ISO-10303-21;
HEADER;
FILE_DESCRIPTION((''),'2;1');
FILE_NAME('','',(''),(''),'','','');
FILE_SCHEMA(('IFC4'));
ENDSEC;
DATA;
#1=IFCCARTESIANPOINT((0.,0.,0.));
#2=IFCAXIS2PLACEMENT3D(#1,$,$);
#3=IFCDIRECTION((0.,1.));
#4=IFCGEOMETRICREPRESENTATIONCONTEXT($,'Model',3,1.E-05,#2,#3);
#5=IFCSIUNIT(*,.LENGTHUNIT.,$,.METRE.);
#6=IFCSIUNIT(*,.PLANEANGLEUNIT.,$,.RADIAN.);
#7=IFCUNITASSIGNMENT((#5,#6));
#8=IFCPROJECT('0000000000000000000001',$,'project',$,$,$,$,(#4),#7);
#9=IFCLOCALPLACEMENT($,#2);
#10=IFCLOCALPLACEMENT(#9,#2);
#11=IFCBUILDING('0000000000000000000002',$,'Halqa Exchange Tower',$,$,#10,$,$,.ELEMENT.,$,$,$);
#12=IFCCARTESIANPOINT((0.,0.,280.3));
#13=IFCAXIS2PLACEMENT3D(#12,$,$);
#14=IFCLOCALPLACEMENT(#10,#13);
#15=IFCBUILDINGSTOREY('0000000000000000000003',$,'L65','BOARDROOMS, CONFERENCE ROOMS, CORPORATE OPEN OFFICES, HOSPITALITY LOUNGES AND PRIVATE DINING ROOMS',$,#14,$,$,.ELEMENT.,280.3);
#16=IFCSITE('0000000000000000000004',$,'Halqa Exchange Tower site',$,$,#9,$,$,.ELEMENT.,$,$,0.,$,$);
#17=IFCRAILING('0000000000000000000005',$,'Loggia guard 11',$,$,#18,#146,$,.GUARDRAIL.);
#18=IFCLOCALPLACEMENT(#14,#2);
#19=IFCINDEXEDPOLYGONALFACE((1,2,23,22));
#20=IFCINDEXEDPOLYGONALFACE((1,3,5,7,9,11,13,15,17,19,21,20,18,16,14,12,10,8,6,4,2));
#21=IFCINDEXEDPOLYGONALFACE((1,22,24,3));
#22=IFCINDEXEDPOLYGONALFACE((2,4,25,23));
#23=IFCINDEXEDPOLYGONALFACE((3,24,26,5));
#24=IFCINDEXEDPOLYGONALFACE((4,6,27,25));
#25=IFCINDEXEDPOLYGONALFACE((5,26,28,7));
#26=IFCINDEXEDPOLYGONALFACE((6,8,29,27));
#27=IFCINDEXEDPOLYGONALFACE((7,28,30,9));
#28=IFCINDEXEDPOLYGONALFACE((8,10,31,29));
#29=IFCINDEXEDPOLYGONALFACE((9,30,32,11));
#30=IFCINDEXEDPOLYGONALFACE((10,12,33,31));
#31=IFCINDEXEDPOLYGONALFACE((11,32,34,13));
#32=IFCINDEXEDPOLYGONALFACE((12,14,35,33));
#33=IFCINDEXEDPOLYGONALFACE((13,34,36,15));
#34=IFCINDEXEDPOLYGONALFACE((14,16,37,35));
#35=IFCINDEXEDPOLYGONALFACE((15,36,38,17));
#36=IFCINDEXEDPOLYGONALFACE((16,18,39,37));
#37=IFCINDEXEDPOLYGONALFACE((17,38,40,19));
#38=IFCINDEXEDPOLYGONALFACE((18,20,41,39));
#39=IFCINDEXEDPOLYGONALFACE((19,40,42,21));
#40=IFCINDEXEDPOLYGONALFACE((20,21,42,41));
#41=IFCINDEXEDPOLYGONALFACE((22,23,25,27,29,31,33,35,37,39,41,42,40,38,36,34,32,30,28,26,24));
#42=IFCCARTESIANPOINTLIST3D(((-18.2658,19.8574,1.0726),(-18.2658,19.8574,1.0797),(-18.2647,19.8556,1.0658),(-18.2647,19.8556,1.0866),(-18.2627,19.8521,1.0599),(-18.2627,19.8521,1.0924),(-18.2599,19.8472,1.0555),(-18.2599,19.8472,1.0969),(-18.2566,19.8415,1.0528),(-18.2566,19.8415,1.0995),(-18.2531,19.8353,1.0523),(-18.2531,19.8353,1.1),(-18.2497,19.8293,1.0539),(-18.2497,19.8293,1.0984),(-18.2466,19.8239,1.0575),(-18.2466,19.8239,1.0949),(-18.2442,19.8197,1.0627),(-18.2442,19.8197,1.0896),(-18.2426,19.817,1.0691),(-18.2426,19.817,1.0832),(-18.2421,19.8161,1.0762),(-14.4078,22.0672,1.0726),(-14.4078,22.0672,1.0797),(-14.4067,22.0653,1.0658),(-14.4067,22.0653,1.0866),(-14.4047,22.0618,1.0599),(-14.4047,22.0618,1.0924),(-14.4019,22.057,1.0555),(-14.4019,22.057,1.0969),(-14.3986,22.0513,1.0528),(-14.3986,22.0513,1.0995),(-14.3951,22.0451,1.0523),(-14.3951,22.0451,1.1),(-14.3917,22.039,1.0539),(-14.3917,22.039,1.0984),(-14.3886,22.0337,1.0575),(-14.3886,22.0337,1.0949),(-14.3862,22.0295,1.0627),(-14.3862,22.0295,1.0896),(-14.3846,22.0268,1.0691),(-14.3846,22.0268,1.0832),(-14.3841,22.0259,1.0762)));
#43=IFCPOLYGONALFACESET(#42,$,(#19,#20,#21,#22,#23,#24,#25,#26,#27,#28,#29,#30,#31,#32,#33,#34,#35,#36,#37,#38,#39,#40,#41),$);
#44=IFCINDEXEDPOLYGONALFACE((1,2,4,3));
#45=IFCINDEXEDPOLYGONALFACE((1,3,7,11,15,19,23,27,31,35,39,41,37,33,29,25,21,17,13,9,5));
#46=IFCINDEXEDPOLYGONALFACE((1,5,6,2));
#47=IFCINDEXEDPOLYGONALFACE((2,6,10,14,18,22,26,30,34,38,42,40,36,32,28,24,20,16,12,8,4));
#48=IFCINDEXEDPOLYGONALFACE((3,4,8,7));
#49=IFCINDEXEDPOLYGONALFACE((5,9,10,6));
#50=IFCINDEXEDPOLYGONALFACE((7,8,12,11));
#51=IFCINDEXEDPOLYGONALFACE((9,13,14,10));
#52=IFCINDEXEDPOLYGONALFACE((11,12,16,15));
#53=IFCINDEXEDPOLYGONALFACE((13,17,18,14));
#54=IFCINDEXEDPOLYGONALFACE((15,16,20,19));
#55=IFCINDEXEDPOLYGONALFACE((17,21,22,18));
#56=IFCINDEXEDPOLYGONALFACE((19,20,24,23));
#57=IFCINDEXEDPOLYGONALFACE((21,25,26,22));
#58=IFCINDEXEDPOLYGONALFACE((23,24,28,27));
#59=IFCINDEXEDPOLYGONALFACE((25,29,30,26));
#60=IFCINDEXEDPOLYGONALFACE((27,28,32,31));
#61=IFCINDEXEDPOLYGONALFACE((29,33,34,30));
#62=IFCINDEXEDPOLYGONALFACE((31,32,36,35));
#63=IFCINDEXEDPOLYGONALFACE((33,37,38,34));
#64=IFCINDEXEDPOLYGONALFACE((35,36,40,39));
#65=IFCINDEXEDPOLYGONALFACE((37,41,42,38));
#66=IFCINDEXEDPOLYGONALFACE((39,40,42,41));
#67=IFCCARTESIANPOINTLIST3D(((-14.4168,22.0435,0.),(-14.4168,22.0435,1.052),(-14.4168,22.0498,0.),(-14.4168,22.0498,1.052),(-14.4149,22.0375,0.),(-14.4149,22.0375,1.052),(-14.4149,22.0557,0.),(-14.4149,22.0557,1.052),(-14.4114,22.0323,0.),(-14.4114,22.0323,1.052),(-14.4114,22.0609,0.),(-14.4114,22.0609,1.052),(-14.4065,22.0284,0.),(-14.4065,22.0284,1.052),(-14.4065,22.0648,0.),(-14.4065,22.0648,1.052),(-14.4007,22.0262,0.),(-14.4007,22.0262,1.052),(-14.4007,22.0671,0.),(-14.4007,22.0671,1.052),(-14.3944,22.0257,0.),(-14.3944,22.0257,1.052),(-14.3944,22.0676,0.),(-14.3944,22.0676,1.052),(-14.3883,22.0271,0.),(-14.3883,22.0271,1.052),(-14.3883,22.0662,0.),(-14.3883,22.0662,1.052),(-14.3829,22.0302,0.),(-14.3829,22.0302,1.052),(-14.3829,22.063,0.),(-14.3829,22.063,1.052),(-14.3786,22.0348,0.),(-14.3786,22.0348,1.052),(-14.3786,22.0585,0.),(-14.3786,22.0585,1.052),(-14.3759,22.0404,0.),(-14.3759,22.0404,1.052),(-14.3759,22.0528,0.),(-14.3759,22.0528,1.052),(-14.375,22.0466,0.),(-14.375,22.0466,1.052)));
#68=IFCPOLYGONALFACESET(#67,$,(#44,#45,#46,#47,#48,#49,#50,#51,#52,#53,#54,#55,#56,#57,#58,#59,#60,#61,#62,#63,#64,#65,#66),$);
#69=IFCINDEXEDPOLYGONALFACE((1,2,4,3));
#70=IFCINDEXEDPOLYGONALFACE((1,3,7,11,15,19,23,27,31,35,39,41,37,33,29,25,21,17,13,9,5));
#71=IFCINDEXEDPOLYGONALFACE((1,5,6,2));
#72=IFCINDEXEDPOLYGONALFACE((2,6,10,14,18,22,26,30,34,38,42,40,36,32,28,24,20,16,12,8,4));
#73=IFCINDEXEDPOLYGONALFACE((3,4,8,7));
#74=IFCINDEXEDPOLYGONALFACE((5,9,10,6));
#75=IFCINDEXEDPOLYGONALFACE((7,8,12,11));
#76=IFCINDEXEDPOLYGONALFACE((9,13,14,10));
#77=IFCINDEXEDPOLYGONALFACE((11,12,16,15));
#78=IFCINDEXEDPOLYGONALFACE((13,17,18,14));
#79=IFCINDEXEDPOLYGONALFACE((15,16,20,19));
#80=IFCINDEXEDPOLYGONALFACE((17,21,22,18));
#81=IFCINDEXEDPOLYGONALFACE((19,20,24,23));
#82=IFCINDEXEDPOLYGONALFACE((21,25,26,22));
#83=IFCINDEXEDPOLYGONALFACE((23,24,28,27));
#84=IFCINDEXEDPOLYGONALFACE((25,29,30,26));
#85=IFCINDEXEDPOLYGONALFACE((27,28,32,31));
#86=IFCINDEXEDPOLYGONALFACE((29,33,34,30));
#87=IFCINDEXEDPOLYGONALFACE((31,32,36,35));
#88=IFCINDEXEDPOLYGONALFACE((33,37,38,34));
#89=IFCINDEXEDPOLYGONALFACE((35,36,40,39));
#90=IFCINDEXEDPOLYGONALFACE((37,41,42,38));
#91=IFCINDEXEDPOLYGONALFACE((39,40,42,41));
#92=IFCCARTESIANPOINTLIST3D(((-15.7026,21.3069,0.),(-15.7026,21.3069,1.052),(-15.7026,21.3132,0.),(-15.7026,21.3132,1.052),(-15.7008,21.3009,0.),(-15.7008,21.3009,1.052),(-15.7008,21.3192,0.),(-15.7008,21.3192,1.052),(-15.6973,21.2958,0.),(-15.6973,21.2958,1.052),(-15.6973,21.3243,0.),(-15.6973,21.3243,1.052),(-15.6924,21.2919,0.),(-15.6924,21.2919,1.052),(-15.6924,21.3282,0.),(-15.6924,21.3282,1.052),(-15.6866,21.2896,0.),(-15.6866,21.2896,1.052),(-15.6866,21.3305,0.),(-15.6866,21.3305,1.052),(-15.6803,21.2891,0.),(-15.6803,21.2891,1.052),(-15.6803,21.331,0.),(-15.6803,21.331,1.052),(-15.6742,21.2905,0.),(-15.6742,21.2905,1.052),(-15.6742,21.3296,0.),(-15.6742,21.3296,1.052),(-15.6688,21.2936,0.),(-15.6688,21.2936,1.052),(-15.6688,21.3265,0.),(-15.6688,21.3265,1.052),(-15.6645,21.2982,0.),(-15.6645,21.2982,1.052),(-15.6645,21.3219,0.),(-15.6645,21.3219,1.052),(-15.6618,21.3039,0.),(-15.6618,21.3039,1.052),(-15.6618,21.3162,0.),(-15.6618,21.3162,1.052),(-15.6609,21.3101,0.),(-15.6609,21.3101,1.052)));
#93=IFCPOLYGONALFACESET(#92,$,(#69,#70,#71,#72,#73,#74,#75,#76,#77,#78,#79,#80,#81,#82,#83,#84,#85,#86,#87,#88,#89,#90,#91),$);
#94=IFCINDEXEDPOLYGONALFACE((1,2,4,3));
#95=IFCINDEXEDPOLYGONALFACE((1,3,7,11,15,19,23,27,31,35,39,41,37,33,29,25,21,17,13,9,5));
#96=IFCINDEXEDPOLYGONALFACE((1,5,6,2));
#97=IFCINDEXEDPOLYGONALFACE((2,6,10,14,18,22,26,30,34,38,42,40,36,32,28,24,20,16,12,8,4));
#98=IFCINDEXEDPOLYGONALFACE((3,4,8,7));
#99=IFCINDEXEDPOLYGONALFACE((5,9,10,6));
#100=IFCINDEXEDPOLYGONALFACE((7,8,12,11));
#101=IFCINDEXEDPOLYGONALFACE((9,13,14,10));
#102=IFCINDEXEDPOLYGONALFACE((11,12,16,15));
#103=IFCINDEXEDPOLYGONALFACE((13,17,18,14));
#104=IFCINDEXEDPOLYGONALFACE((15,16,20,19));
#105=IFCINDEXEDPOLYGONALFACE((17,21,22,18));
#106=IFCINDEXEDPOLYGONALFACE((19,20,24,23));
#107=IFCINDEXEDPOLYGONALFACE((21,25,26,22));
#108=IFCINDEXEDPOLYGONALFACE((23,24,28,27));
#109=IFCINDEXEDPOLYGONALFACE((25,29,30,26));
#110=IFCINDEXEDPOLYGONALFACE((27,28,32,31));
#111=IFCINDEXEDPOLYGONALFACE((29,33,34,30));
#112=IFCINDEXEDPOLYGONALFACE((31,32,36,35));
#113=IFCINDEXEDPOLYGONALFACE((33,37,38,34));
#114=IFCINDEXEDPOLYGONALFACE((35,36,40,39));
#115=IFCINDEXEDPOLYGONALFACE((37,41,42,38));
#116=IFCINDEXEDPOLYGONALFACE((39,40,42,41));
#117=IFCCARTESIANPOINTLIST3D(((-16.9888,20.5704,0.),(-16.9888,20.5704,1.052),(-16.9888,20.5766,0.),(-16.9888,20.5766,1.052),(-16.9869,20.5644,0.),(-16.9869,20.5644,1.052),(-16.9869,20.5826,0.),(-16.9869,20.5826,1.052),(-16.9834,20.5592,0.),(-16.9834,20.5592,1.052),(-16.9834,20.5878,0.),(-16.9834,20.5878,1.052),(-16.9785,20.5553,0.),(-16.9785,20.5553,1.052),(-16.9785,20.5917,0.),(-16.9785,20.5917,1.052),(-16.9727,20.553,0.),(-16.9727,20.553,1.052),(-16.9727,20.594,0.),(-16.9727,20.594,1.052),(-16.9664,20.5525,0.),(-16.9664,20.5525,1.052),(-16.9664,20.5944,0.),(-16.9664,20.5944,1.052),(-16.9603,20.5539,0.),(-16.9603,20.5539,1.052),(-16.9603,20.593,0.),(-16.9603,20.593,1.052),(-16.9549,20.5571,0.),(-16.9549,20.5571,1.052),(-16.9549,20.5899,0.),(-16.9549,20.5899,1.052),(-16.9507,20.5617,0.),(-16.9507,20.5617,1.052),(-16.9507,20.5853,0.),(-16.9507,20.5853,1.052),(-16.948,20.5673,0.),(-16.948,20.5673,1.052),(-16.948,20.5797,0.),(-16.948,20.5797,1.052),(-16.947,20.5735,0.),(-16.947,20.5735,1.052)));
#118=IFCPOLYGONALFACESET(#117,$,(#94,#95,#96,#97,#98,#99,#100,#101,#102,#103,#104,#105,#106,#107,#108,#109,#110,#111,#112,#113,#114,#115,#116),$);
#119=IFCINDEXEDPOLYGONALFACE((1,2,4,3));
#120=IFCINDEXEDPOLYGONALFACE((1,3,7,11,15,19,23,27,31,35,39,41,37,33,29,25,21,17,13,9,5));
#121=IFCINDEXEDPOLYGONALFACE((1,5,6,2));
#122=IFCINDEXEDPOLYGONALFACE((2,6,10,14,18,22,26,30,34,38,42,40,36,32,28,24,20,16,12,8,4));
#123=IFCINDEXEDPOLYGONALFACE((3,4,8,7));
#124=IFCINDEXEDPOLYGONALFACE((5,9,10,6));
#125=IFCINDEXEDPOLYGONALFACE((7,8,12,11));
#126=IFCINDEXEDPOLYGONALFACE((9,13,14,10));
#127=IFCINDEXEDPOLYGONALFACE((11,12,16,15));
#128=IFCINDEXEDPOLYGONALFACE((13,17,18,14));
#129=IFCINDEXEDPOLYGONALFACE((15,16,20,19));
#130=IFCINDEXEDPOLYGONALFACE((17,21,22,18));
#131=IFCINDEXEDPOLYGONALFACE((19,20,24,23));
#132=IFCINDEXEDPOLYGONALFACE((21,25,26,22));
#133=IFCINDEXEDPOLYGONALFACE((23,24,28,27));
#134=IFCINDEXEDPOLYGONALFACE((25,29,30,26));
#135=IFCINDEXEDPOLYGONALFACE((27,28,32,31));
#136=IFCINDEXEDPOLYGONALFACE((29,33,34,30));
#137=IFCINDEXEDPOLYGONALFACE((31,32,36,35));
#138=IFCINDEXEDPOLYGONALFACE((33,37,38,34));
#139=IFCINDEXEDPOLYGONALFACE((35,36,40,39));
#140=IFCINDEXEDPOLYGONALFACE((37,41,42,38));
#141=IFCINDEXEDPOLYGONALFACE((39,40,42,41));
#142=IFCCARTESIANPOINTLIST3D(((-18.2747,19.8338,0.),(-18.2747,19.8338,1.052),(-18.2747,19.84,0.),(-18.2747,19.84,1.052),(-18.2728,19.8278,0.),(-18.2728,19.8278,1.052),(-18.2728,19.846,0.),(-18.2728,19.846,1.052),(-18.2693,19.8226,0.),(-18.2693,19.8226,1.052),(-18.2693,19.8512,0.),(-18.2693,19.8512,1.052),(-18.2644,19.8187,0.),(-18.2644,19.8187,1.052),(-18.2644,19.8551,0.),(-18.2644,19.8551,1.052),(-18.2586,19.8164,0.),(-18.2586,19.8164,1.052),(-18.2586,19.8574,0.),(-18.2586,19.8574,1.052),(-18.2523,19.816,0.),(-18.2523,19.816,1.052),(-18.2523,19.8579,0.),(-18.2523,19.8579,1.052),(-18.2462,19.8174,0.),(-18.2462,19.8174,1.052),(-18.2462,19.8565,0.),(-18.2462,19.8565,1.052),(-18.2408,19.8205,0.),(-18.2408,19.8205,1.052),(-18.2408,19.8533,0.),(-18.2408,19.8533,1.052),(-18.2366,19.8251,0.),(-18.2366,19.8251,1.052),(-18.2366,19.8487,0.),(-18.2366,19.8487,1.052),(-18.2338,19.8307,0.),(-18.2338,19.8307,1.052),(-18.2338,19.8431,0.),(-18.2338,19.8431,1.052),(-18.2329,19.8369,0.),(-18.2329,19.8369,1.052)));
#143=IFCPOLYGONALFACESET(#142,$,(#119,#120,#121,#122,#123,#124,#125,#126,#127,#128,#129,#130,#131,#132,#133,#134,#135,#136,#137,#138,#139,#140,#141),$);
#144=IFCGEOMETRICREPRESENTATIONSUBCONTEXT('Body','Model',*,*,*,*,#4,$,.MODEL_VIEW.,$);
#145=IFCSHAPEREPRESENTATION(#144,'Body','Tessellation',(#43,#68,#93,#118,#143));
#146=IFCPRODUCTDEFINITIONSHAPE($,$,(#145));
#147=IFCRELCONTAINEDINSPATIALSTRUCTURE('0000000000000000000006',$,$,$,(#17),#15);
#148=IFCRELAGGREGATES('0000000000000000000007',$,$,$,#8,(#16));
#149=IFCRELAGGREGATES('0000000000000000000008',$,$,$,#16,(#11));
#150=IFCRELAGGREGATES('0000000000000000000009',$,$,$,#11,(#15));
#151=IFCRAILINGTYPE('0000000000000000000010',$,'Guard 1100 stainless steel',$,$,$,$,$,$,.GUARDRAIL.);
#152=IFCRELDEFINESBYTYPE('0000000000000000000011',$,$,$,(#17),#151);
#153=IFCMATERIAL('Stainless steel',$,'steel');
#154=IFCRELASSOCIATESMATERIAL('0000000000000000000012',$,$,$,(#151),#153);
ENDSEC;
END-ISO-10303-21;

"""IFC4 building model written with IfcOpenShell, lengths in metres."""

from ifc_helpers import new_model, si_unit, direction, frame, origin, origin_2d, place, context, subcontext, project, spatial, circle, extrude, material, type_object, element, save


model = new_model("IFC4")

# Units and contexts
model_context = context("Model", 3, precision=1e-05, world=origin(), true_north=direction((0.0, 1.0)))
body_context = subcontext(model_context, "Body", "Model", "MODEL_VIEW")
ifc_project = project(units=[si_unit("LENGTHUNIT", "METRE"), si_unit("PLANEANGLEUNIT", "RADIAN")], contexts=[model_context])

# Site, building, storey
site_placement = place(None, origin())
site = spatial("IfcSite", under=ifc_project, at=site_placement, Name="Halqa Exchange Tower site", CompositionType="ELEMENT", RefElevation=0.0)
building_placement = place(site_placement, origin())
building = spatial("IfcBuilding", under=site, at=building_placement, Name="Halqa Exchange Tower", CompositionType="ELEMENT")
storey_placement = place(building_placement, frame((0.0, 0.0, 280.3)))
storey = spatial("IfcBuildingStorey", under=building, at=storey_placement, Name="L65", Description="BOARDROOMS, CONFERENCE ROOMS, CORPORATE OPEN OFFICES, HOSPITALITY LOUNGES AND PRIVATE DINING ROOMS", CompositionType="ELEMENT", Elevation=280.3)

# Railing
ifc_material_1 = material(Name="Stainless steel", Category="steel")
railing_type = type_object("IfcRailingType", Name="Guard 1100 stainless steel", PredefinedType="GUARDRAIL", material=ifc_material_1)
railing_1_placement = place(storey_placement, frame((-14.396, 22.0466, 0.0)))
element("IfcRailing", 1, at=railing_1_placement, inside=storey, type_object=railing_type, Name="Loggia guard 11", PredefinedType="GUARDRAIL", context=body_context, shape_type="SweptSolid", body=[
    extrude(circle(Radius=0.0239, at=origin_2d()), frame((0.0, 0.0, 1.0762), z_axis=(-0.867739, -0.49702, 0.0), x_axis=(0.49702, -0.867739, 0.0)), (0.0, 0.0, 1.0), 4.446),
    extrude(circle(Radius=0.021, at=origin_2d()), origin(), (0.0, 0.0, 1.0), 1.052),
    extrude(circle(Radius=0.021, at=origin_2d()), frame((-1.2859, -0.7366, 0.0)), (0.0, 0.0, 1.0), 1.052),
    extrude(circle(Radius=0.021, at=origin_2d()), frame((-2.572, -1.4731, 0.0)), (0.0, 0.0, 1.0), 1.052),
    extrude(circle(Radius=0.021, at=origin_2d()), frame((-3.8579, -2.2097, 0.0)), (0.0, 0.0, 1.0), 1.052),
])

save(model, "model.ifc")
